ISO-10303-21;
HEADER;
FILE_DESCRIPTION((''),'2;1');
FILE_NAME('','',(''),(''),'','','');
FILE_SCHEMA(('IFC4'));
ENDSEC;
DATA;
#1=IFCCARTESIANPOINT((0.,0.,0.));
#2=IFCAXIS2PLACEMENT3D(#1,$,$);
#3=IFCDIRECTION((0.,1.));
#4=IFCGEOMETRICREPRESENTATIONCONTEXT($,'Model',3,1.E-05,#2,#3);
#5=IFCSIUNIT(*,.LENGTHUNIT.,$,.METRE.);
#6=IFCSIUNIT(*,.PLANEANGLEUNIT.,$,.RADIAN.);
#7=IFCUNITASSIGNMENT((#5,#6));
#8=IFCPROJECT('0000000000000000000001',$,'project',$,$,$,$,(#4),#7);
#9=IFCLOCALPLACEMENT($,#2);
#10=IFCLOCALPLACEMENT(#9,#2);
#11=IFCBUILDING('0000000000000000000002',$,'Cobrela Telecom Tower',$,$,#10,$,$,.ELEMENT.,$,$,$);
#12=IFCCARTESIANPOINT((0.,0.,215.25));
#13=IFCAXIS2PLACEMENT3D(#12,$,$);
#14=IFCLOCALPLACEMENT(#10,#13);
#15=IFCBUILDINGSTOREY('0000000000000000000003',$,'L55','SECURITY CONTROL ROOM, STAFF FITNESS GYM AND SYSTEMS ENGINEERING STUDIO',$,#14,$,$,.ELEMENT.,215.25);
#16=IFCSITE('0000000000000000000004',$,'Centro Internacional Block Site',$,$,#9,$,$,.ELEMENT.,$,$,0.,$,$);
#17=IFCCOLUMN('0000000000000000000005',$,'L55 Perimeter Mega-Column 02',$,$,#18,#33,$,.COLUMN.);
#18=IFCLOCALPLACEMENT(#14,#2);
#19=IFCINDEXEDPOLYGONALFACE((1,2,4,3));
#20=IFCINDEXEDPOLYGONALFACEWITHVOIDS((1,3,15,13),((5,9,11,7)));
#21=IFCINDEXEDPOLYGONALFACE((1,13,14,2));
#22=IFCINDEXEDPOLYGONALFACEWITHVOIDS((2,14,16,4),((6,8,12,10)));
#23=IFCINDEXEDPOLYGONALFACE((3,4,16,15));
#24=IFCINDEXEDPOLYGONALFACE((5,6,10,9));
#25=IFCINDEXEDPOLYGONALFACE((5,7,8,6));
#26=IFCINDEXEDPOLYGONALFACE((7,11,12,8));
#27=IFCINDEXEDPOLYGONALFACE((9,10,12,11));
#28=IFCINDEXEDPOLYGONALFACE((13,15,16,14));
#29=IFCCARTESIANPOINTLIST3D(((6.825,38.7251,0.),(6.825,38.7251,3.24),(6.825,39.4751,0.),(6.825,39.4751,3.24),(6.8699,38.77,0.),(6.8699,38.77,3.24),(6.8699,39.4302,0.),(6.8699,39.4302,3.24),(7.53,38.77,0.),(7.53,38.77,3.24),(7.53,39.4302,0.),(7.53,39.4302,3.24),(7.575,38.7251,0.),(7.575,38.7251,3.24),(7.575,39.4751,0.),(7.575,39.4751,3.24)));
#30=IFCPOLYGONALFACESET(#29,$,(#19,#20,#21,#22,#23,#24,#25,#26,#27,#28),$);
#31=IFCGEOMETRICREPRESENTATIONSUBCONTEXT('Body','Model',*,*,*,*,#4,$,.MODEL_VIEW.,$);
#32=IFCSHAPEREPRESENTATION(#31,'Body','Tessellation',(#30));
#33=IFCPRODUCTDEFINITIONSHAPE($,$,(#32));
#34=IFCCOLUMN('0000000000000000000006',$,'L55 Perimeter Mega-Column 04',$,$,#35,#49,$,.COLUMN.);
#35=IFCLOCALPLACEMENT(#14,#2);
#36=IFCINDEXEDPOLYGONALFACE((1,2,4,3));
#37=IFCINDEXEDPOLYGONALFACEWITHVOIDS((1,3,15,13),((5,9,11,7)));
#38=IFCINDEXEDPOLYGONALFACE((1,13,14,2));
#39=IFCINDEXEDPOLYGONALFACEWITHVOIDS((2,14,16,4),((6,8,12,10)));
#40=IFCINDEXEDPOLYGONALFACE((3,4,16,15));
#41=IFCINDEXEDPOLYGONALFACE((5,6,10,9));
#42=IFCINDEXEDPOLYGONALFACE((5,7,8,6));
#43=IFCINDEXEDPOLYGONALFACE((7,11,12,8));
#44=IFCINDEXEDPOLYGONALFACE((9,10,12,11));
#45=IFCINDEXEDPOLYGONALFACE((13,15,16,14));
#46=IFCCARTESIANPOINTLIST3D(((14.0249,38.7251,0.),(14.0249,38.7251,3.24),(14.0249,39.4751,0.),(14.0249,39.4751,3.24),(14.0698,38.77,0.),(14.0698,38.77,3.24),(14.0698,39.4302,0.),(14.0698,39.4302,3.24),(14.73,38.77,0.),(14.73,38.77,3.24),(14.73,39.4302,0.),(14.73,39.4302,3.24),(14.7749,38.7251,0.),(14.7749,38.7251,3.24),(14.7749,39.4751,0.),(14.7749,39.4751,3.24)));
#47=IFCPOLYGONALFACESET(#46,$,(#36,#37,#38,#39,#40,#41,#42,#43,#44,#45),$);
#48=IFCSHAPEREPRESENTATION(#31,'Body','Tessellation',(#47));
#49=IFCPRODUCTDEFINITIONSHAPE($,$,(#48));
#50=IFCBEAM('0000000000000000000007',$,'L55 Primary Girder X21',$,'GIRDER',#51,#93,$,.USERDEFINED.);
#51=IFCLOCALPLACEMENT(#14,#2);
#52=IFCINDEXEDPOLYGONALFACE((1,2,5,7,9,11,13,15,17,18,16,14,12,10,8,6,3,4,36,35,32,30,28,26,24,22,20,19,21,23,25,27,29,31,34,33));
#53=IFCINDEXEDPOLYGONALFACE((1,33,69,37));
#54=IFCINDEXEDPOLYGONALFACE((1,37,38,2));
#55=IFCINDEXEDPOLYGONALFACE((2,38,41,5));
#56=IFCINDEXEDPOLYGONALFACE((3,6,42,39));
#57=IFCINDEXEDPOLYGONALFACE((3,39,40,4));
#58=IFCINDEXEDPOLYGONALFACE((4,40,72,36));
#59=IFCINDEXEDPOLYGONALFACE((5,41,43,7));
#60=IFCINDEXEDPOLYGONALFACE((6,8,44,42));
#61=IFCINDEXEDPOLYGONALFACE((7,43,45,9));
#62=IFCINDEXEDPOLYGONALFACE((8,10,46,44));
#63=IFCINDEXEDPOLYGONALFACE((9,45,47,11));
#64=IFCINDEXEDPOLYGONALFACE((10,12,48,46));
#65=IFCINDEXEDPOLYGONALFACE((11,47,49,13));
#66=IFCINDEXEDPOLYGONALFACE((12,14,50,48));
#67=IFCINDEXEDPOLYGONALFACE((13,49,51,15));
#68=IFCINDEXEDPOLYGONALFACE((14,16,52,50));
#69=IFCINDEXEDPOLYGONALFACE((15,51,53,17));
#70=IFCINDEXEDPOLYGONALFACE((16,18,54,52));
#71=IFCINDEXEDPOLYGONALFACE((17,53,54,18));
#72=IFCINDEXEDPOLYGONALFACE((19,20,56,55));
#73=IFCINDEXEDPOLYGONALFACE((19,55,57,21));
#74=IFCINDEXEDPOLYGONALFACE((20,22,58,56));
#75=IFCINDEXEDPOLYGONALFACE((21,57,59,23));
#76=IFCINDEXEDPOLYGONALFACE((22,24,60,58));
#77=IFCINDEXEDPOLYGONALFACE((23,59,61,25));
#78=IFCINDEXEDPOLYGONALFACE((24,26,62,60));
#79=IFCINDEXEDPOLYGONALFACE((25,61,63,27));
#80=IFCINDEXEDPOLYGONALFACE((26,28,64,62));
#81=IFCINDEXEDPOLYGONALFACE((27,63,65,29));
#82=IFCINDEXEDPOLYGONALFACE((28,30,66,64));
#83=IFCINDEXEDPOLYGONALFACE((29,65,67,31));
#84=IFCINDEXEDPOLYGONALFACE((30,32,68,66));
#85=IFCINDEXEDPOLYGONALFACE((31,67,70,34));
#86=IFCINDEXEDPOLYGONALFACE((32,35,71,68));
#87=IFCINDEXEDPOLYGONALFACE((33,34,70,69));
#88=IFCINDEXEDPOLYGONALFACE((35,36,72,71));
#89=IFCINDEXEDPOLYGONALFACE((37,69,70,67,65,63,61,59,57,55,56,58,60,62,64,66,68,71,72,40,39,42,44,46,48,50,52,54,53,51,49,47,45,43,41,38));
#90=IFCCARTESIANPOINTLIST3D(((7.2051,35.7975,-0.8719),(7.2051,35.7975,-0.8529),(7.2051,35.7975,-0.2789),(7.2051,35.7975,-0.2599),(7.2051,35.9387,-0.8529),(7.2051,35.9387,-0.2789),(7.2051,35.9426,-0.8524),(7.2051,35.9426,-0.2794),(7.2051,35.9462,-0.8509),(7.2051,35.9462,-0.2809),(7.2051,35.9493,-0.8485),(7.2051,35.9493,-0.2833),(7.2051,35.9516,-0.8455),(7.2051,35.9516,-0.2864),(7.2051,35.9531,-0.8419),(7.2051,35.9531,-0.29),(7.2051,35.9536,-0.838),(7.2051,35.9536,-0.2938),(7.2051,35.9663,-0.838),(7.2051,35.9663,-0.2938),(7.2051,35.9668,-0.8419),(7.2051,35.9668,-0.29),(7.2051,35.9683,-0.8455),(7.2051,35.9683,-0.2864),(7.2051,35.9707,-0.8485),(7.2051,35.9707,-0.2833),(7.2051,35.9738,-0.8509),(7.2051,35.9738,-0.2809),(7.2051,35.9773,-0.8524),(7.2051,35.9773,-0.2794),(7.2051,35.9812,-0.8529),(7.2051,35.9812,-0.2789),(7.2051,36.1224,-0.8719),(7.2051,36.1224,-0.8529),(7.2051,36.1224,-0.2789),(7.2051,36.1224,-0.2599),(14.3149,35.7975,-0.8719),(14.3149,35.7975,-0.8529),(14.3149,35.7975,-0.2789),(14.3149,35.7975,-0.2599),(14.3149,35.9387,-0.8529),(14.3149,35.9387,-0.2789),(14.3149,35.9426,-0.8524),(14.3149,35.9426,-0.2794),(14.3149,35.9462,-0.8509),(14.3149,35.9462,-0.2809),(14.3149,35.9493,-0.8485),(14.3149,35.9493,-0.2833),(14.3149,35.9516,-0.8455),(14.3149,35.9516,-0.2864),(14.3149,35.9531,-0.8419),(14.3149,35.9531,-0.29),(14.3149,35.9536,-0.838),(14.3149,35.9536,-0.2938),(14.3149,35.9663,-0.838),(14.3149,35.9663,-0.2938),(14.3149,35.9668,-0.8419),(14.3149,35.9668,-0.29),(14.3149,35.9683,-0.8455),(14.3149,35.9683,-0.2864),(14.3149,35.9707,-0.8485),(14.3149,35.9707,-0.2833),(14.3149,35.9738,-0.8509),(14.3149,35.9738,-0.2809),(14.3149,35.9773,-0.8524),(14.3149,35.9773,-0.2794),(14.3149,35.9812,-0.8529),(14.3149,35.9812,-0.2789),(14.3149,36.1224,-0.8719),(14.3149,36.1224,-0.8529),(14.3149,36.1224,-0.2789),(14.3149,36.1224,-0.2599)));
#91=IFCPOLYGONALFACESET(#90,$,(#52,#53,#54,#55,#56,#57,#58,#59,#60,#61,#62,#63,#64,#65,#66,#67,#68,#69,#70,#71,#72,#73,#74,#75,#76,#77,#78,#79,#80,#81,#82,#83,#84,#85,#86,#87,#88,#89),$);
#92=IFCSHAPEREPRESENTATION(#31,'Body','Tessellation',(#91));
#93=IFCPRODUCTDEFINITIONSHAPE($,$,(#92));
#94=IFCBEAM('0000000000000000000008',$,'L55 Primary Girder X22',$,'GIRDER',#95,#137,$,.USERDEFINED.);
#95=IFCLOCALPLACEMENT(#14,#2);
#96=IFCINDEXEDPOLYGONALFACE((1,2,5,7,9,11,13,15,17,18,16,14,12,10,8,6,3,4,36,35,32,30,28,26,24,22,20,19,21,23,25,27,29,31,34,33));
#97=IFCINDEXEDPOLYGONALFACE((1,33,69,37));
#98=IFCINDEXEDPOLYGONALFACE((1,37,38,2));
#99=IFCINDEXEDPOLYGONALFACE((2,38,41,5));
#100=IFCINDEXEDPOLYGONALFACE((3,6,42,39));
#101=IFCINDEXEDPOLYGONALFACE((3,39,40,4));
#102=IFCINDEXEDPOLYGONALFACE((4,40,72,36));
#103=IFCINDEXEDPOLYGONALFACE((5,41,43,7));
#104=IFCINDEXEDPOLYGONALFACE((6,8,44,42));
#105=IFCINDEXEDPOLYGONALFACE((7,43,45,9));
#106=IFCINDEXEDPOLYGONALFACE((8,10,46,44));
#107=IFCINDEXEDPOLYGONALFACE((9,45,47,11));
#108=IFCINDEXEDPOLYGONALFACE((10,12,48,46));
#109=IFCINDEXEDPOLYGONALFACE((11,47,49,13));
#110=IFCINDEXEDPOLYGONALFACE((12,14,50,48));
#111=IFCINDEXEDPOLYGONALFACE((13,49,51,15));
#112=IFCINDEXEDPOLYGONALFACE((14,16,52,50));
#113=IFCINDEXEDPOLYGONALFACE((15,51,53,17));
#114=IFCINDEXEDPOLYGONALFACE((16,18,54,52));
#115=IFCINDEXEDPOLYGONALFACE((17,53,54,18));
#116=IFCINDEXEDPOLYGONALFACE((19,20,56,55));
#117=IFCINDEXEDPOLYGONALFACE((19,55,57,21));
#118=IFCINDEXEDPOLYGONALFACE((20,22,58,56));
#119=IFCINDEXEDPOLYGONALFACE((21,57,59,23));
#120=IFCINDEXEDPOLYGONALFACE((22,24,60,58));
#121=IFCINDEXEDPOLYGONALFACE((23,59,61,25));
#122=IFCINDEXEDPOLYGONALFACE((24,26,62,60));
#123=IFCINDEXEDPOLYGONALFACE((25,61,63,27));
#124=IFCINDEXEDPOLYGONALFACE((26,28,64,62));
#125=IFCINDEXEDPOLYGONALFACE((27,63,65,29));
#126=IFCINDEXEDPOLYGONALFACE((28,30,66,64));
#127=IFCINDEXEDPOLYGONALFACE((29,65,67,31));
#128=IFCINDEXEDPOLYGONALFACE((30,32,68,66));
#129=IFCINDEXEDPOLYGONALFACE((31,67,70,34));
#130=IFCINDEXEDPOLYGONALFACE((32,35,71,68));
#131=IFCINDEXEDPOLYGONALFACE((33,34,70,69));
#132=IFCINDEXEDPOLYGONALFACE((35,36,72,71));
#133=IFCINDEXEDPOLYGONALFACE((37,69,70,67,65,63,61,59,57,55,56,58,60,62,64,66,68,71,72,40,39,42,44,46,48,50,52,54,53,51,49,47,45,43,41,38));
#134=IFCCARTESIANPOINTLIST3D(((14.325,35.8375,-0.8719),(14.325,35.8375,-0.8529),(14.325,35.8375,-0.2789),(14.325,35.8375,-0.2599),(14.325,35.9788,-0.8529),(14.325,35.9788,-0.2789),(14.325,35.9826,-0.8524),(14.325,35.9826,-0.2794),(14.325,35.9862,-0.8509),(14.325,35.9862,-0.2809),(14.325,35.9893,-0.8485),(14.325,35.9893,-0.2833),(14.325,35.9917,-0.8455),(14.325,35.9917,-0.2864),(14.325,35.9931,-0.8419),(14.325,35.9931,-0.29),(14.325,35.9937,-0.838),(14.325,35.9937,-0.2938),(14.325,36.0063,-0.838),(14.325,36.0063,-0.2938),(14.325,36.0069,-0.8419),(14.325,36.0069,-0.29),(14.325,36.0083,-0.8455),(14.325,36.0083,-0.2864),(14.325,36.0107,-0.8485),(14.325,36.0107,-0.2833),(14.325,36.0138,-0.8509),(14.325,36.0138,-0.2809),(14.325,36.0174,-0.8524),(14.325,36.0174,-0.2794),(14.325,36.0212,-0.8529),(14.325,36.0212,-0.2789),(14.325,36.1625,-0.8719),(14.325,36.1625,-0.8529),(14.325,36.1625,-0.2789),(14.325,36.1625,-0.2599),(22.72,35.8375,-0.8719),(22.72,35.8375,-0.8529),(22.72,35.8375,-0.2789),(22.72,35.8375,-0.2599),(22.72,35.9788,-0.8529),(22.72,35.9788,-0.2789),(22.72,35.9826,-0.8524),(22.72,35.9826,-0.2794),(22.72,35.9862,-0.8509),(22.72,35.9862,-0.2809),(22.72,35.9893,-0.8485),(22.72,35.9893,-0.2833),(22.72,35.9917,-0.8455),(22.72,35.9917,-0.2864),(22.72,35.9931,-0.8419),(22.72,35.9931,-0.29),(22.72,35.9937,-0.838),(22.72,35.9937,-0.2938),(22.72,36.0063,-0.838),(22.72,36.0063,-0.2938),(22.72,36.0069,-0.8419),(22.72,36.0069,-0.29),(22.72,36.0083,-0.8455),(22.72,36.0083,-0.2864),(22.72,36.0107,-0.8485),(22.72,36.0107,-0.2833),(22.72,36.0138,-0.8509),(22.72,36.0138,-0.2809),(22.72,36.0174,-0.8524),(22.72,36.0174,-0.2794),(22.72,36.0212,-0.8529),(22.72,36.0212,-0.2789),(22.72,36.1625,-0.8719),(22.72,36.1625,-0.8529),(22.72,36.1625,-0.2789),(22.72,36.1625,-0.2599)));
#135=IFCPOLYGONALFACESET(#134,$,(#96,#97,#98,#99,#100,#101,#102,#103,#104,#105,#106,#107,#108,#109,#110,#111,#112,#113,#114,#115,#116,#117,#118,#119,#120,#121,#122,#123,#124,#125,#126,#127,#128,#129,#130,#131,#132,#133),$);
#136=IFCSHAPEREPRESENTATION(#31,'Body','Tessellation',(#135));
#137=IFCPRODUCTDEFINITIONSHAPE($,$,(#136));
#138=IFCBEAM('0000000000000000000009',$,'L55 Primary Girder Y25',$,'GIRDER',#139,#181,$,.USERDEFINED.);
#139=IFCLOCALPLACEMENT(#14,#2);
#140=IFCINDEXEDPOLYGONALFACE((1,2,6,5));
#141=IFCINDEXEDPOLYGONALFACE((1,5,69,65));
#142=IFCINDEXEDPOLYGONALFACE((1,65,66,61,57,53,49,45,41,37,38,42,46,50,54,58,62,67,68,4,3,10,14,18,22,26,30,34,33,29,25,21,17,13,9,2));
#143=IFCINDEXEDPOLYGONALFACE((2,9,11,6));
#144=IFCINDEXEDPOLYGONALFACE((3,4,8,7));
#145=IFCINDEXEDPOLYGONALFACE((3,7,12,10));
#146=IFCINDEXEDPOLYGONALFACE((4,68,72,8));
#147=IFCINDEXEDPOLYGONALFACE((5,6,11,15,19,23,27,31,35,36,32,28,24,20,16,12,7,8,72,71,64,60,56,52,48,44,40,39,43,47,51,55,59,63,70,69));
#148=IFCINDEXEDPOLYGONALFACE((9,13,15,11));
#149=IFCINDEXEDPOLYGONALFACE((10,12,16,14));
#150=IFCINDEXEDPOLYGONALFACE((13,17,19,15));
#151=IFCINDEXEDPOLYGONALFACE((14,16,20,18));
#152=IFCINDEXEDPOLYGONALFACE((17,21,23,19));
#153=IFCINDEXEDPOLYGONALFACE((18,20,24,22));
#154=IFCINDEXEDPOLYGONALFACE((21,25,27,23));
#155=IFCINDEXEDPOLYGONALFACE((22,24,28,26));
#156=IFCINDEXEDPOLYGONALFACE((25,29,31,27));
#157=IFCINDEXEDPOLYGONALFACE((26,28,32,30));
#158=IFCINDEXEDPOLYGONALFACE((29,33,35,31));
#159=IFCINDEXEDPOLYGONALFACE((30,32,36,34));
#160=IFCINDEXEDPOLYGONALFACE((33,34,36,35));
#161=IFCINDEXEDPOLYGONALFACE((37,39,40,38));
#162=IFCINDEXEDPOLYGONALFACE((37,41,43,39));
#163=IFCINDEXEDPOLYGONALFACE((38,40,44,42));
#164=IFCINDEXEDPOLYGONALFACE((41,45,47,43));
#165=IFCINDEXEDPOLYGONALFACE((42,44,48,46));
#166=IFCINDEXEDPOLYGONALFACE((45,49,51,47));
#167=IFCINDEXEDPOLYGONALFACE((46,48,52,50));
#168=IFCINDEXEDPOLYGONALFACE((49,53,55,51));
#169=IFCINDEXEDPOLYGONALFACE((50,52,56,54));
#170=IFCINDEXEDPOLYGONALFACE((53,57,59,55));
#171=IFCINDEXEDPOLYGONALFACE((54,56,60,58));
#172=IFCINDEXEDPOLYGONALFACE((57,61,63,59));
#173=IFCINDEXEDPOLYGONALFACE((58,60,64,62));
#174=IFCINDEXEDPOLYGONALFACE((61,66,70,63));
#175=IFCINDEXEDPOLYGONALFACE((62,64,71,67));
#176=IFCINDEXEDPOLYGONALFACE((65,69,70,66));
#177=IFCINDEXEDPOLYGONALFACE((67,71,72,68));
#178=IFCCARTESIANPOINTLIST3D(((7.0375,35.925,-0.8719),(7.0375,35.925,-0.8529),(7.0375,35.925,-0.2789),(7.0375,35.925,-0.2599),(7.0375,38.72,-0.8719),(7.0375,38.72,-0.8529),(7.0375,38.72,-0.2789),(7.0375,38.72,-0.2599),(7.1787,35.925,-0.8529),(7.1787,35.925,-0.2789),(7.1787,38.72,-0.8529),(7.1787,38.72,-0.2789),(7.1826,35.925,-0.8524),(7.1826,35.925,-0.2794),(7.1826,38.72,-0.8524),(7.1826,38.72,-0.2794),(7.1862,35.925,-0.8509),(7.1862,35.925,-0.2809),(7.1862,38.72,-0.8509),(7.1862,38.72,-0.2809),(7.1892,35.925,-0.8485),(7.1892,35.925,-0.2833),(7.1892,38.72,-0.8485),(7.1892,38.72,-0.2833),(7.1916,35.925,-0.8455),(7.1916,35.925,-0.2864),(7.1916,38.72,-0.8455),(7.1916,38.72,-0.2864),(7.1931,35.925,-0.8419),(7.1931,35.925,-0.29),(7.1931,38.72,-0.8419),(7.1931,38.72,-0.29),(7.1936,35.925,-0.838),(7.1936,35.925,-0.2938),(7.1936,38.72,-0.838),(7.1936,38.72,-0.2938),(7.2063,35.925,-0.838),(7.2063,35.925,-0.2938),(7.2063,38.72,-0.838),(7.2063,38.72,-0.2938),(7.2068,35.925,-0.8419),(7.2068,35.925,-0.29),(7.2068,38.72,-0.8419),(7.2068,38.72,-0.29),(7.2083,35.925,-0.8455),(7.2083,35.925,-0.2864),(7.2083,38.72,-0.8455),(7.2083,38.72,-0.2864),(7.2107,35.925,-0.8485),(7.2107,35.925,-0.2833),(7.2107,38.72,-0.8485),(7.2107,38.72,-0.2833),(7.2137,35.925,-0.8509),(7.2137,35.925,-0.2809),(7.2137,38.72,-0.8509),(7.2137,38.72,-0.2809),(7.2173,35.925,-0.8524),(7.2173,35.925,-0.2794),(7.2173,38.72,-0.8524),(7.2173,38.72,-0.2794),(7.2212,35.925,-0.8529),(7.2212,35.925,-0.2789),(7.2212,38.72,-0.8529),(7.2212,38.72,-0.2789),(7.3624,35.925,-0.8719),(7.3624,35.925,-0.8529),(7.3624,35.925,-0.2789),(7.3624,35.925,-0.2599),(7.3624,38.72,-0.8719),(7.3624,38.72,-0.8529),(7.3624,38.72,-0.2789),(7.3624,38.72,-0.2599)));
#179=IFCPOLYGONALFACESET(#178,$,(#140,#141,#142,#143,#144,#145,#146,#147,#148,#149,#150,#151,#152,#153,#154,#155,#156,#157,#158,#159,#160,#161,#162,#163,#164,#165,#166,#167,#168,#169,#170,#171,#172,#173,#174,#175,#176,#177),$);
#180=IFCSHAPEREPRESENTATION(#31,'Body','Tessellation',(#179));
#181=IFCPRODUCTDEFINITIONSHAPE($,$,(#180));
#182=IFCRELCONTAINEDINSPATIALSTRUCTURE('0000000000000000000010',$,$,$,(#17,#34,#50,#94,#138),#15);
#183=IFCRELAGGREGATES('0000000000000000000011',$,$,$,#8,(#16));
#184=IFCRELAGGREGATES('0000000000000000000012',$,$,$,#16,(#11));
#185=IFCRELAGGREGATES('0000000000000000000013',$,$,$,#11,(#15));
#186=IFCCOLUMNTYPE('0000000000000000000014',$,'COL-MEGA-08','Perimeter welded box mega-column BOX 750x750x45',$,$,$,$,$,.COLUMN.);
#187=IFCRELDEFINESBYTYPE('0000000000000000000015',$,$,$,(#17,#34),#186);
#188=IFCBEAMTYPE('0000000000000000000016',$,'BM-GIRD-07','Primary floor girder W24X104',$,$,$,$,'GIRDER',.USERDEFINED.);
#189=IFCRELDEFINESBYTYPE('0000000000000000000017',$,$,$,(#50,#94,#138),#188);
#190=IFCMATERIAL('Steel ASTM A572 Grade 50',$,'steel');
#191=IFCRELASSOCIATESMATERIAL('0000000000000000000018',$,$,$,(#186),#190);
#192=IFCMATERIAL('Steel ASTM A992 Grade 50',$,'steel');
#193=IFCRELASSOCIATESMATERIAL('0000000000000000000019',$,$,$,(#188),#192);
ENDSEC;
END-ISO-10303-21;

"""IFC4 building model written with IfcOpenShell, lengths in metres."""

from ifc_helpers import new_model, si_unit, direction, frame, origin, origin_2d, place, context, subcontext, project, spatial, hollow_rectangle, i_section, extrude, material, material_profile, profile_set, type_object, element, save


model = new_model("IFC4")

# Units and contexts
model_context = context("Model", 3, precision=1e-05, world=origin(), true_north=direction((0.0, 1.0)))
body_context = subcontext(model_context, "Body", "Model", "MODEL_VIEW")
ifc_project = project(units=[si_unit("LENGTHUNIT", "METRE"), si_unit("PLANEANGLEUNIT", "RADIAN")], contexts=[model_context])

# Site, building, storey
site_placement = place(None, origin())
site = spatial("IfcSite", under=ifc_project, at=site_placement, Name="Centro Internacional Block Site", CompositionType="ELEMENT", RefElevation=0.0)
building_placement = place(site_placement, origin())
building = spatial("IfcBuilding", under=site, at=building_placement, Name="Cobrela Telecom Tower", CompositionType="ELEMENT")
storey_placement = place(building_placement, frame((0.0, 0.0, 215.25)))
storey = spatial("IfcBuildingStorey", under=building, at=storey_placement, Name="L55", Description="SECURITY CONTROL ROOM, STAFF FITNESS GYM AND SYSTEMS ENGINEERING STUDIO", CompositionType="ELEMENT", Elevation=215.25)

# Columns
ifc_material_1 = material(Name="Steel ASTM A572 Grade 50", Category="steel")
ifc_material_profile_1 = material_profile(ifc_material_1, hollow_rectangle(XDim=0.75, YDim=0.75, WallThickness=0.0449, at=origin_2d()), Name="BOX 750x750x45")
ifc_profile_set_1 = profile_set([ifc_material_profile_1], Name="Steel ASTM A572 Grade 50")
column_type = type_object("IfcColumnType", Name="COL-MEGA-08", Description="Perimeter welded box mega-column BOX 750x750x45", PredefinedType="COLUMN", material=ifc_profile_set_1)
for number, where, z_axis, x_axis, name in (
    (1, (7.2, 39.1001, 0.0), (0.0, 0.0, 1.0), (1.0, 0.0, 0.0), "L55 Perimeter Mega-Column 02"),
    (2, (14.3999, 39.1001, 0.0), (0.0, 0.0, 1.0), (1.0, 0.0, 0.0), "L55 Perimeter Mega-Column 04"),
):
    element("IfcColumn", number, at=place(storey_placement, frame(where, z_axis=z_axis, x_axis=x_axis)), inside=storey, type_object=column_type, Name=name, PredefinedType="COLUMN", context=body_context, shape_type="SweptSolid", body=[
        extrude(hollow_rectangle(XDim=0.75, YDim=0.75, WallThickness=0.0449, at=origin_2d()), origin(), (0.0, 0.0, 1.0), 3.24),
    ])

# Beams
ifc_material_2 = material(Name="Steel ASTM A992 Grade 50", Category="steel")
ifc_material_profile_2 = material_profile(ifc_material_2, i_section(OverallWidth=0.325, OverallDepth=0.6121, WebThickness=0.0127, FlangeThickness=0.019, FilletRadius=0.0149, at=origin_2d()), Name="W24X104")
ifc_profile_set_2 = profile_set([ifc_material_profile_2], Name="Steel ASTM A992 Grade 50")
beam_type_1 = type_object("IfcBeamType", Name="BM-GIRD-07", Description="Primary floor girder W24X104", ElementType="GIRDER", PredefinedType="USERDEFINED", material=ifc_profile_set_2)
beam_1_placement = place(storey_placement, frame((7.2051, 35.96, -0.5659), z_axis=(1.0, 0.0, 0.0), x_axis=(0.0, 1.0, 0.0)))
element("IfcBeam", 3, at=beam_1_placement, inside=storey, type_object=beam_type_1, Name="L55 Primary Girder X21", ObjectType="GIRDER", PredefinedType="USERDEFINED", context=body_context, shape_type="SweptSolid", body=[
    extrude(i_section(OverallWidth=0.325, OverallDepth=0.6121, WebThickness=0.0127, FlangeThickness=0.019, FilletRadius=0.0149, at=origin_2d()), origin(), (0.0, 0.0, 1.0), 7.1099),
])
beam_2_placement = place(storey_placement, frame((14.325, 36.0, -0.5659), z_axis=(1.0, 0.0, 0.0), x_axis=(0.0, 1.0, 0.0)))
element("IfcBeam", 4, at=beam_2_placement, inside=storey, type_object=beam_type_1, Name="L55 Primary Girder X22", ObjectType="GIRDER", PredefinedType="USERDEFINED", context=body_context, shape_type="SweptSolid", body=[
    extrude(i_section(OverallWidth=0.325, OverallDepth=0.6121, WebThickness=0.0127, FlangeThickness=0.019, FilletRadius=0.0149, at=origin_2d()), origin(), (0.0, 0.0, 1.0), 8.395),
])
for number, where, z_axis, x_axis, name in (
    (5, (7.2, 35.925, -0.5659), (0.0, 1.0, 0.0), (-1.0, 0.0, 0.0), "L55 Primary Girder Y25"),
):
    element("IfcBeam", number, at=place(storey_placement, frame(where, z_axis=z_axis, x_axis=x_axis)), inside=storey, type_object=beam_type_1, Name=name, ObjectType="GIRDER", PredefinedType="USERDEFINED", context=body_context, shape_type="SweptSolid", body=[
        extrude(i_section(OverallWidth=0.325, OverallDepth=0.6121, WebThickness=0.0127, FlangeThickness=0.019, FilletRadius=0.0149, at=origin_2d()), origin(), (0.0, 0.0, 1.0), 2.7949),
    ])

save(model, "model.ifc")
